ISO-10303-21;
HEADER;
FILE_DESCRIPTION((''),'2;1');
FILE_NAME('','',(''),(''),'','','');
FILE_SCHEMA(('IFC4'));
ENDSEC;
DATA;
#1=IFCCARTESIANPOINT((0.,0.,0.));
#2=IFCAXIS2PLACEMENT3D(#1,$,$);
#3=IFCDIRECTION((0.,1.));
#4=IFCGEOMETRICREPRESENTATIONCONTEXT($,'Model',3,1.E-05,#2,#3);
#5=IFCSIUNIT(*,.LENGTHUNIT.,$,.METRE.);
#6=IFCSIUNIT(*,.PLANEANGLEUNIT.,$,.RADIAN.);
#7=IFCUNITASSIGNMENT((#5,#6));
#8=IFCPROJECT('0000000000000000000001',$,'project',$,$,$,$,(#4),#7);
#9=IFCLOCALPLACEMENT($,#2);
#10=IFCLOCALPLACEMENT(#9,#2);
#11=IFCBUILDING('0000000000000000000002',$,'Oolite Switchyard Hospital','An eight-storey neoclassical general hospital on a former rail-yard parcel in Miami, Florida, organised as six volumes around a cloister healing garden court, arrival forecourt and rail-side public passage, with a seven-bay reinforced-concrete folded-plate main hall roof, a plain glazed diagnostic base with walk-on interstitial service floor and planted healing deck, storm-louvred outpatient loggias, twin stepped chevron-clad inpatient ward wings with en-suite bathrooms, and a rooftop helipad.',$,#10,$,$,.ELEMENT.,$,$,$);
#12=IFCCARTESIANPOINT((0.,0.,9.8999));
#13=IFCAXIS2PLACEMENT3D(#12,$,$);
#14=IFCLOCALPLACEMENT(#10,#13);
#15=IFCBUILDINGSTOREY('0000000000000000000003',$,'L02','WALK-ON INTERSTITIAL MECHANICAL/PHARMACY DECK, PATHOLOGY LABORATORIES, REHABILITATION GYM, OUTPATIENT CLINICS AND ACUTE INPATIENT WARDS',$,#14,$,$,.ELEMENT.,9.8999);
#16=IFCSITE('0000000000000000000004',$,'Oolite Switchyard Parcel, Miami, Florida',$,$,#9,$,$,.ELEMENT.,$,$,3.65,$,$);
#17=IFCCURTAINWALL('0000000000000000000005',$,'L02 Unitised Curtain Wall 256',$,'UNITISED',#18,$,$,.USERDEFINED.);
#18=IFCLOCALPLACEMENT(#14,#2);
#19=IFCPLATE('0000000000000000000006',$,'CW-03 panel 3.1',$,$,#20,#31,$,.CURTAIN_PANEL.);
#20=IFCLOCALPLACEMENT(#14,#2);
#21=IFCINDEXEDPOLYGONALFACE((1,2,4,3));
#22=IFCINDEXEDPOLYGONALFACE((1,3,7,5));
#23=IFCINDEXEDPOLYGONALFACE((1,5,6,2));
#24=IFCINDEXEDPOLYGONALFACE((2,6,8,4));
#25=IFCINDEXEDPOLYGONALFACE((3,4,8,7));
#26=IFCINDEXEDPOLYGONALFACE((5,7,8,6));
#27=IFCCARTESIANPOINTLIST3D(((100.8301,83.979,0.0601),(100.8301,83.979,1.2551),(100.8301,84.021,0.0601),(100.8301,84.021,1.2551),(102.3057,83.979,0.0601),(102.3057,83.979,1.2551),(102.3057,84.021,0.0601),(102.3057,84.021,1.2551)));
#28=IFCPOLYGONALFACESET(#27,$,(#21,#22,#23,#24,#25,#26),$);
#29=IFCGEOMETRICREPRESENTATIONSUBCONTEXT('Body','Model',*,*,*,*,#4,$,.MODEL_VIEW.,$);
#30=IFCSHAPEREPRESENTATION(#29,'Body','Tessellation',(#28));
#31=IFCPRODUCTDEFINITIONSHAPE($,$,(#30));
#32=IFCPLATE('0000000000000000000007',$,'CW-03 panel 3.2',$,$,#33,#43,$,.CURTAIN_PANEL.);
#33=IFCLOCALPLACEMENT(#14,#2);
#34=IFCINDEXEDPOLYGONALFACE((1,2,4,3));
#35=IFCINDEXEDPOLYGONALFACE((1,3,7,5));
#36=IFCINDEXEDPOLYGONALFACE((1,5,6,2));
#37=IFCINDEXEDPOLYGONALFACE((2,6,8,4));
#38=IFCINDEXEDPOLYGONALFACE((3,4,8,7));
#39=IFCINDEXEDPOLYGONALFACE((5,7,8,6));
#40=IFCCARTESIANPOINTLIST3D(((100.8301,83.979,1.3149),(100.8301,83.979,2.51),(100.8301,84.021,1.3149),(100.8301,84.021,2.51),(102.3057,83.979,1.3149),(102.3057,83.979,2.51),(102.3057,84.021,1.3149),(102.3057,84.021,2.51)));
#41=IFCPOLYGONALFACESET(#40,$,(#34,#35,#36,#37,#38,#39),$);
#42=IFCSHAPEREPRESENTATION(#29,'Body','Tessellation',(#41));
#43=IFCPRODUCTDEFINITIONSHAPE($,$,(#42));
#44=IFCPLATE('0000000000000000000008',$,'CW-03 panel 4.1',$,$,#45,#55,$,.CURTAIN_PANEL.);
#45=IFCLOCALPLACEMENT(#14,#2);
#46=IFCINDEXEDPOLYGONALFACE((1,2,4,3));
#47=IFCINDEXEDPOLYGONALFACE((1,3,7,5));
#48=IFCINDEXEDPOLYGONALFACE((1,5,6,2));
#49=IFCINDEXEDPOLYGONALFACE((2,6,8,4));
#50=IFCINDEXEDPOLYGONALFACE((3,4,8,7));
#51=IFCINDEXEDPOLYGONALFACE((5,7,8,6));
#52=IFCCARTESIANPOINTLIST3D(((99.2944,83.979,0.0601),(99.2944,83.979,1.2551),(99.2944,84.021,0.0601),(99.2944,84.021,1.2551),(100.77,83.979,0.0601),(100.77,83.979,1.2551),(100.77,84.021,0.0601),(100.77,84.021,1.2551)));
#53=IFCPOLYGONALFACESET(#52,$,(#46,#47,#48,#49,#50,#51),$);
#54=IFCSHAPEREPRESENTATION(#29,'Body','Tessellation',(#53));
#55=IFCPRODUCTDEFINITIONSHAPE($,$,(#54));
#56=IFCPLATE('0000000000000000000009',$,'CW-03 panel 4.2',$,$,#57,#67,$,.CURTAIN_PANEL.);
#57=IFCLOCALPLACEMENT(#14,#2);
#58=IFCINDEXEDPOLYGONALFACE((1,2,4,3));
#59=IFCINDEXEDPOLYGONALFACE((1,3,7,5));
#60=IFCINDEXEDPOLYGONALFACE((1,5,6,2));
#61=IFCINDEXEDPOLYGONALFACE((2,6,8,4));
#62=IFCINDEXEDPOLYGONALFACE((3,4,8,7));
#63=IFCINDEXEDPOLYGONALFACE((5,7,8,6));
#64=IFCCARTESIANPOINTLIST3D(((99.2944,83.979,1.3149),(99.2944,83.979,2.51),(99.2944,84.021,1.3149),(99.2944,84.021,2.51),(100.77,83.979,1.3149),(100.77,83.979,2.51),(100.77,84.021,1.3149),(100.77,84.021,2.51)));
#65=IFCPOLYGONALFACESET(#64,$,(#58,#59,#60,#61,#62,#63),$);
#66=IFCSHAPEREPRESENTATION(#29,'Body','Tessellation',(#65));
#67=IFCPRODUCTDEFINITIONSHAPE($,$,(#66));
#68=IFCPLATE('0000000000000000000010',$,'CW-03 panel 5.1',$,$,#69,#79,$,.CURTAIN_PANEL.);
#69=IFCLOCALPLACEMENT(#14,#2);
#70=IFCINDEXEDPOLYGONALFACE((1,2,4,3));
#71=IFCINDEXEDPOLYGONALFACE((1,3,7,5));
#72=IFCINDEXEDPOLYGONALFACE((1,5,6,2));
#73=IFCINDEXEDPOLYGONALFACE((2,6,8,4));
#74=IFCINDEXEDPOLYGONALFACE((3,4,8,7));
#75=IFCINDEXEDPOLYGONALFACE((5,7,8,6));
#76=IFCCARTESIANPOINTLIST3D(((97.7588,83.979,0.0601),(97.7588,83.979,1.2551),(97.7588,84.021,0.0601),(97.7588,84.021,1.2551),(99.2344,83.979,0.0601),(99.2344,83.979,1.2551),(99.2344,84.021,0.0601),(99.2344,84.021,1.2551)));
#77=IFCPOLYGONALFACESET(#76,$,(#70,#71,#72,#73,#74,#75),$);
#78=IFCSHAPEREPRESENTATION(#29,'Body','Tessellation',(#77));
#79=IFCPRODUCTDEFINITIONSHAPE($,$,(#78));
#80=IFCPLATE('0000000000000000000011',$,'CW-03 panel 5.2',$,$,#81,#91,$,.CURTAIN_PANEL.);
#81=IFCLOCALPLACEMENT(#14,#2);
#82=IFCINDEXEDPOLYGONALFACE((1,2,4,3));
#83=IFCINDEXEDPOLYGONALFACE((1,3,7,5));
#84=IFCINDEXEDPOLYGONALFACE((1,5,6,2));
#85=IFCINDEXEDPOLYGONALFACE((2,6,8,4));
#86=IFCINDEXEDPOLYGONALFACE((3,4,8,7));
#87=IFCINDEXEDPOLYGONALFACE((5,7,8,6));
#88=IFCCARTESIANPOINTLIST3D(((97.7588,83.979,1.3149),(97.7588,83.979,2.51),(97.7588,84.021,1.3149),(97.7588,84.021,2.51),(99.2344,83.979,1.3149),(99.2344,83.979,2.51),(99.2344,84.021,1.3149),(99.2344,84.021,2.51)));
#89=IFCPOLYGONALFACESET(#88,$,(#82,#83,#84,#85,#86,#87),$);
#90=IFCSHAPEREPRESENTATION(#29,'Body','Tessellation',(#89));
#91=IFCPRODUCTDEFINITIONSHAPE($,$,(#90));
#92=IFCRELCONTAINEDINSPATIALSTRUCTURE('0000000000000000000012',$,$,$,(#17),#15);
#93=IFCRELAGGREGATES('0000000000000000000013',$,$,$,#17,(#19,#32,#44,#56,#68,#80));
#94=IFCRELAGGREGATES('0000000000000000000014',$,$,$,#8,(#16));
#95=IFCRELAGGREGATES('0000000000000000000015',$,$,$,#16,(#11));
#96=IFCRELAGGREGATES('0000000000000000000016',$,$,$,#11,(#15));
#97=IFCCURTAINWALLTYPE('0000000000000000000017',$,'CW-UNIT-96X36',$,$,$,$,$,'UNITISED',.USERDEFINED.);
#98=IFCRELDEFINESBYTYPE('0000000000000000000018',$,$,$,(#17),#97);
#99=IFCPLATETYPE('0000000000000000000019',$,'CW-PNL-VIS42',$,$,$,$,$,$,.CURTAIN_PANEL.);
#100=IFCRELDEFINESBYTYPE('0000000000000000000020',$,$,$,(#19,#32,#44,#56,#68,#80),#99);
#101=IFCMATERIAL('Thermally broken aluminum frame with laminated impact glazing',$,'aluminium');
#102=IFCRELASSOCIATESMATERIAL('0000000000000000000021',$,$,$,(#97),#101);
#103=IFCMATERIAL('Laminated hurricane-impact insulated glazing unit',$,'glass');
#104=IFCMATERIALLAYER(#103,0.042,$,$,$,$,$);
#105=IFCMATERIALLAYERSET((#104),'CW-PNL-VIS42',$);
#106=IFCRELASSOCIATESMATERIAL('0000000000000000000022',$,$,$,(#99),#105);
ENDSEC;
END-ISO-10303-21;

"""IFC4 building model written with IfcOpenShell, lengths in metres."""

from ifc_helpers import new_model, si_unit, direction, frame, origin, origin_2d, place, context, subcontext, project, spatial, rectangle, extrude, material, layer, layer_set, type_object, element, aggregate, save


model = new_model("IFC4")

# Units and contexts
model_context = context("Model", 3, precision=1e-05, world=origin(), true_north=direction((0.0, 1.0)))
body_context = subcontext(model_context, "Body", "Model", "MODEL_VIEW")
ifc_project = project(units=[si_unit("LENGTHUNIT", "METRE"), si_unit("PLANEANGLEUNIT", "RADIAN")], contexts=[model_context])

# Site, building, storey
site_placement = place(None, origin())
site = spatial("IfcSite", under=ifc_project, at=site_placement, Name="Oolite Switchyard Parcel, Miami, Florida", CompositionType="ELEMENT", RefElevation=3.65)
building_placement = place(site_placement, origin())
building = spatial("IfcBuilding", under=site, at=building_placement, Name="Oolite Switchyard Hospital", Description="An eight-storey neoclassical general hospital on a former rail-yard parcel in Miami, Florida, organised as six volumes around a cloister healing garden court, arrival forecourt and rail-side public passage, with a seven-bay reinforced-concrete folded-plate main hall roof, a plain glazed diagnostic base with walk-on interstitial service floor and planted healing deck, storm-louvred outpatient loggias, twin stepped chevron-clad inpatient ward wings with en-suite bathrooms, and a rooftop helipad.", CompositionType="ELEMENT")
storey_placement = place(building_placement, frame((0.0, 0.0, 9.8999)))
storey = spatial("IfcBuildingStorey", under=building, at=storey_placement, Name="L02", Description="WALK-ON INTERSTITIAL MECHANICAL/PHARMACY DECK, PATHOLOGY LABORATORIES, REHABILITATION GYM, OUTPATIENT CLINICS AND ACUTE INPATIENT WARDS", CompositionType="ELEMENT", Elevation=9.8999)

# Curtain wall, plates
ifc_material_1 = material(Name="Thermally broken aluminum frame with laminated impact glazing", Category="aluminium")
curtain_wall_type = type_object("IfcCurtainWallType", Name="CW-UNIT-96X36", ElementType="UNITISED", PredefinedType="USERDEFINED", material=ifc_material_1)
curtain_wall_placement = place(storey_placement, origin())
curtain_wall = element("IfcCurtainWall", 1, at=curtain_wall_placement, inside=storey, type_object=curtain_wall_type, Name="L02 Unitised Curtain Wall 256", ObjectType="UNITISED", PredefinedType="USERDEFINED")
ifc_material_2 = material(Name="Laminated hurricane-impact insulated glazing unit", Category="glass")
ifc_layer = layer(ifc_material_2, 0.042)
ifc_layer_set = layer_set([ifc_layer], Name="CW-PNL-VIS42")
plate_type = type_object("IfcPlateType", Name="CW-PNL-VIS42", PredefinedType="CURTAIN_PANEL", material=ifc_layer_set)
plate_1_placement = place(storey_placement, frame((101.5679, 84.0, 0.0601), z_axis=(0.0, 0.0, 1.0), x_axis=(-1.0, 0.0, 0.0)))
plate_1 = element("IfcPlate", 2, at=plate_1_placement, type_object=plate_type, Name="CW-03 panel 3.1", PredefinedType="CURTAIN_PANEL", context=body_context, shape_type="SweptSolid", body=[
    extrude(rectangle(XDim=1.4756, YDim=0.042, at=origin_2d()), origin(), (0.0, 0.0, 1.0), 1.1951),
])
plate_2_placement = place(storey_placement, frame((101.5679, 84.0, 1.3149), z_axis=(0.0, 0.0, 1.0), x_axis=(-1.0, 0.0, 0.0)))
plate_2 = element("IfcPlate", 3, at=plate_2_placement, type_object=plate_type, Name="CW-03 panel 3.2", PredefinedType="CURTAIN_PANEL", context=body_context, shape_type="SweptSolid", body=[
    extrude(rectangle(XDim=1.4756, YDim=0.042, at=origin_2d()), origin(), (0.0, 0.0, 1.0), 1.1951),
])
plate_3_placement = place(storey_placement, frame((100.0322, 84.0, 0.0601), z_axis=(0.0, 0.0, 1.0), x_axis=(-1.0, 0.0, 0.0)))
plate_3 = element("IfcPlate", 4, at=plate_3_placement, type_object=plate_type, Name="CW-03 panel 4.1", PredefinedType="CURTAIN_PANEL", context=body_context, shape_type="SweptSolid", body=[
    extrude(rectangle(XDim=1.4756, YDim=0.042, at=origin_2d()), origin(), (0.0, 0.0, 1.0), 1.1951),
])
plate_4_placement = place(storey_placement, frame((100.0322, 84.0, 1.3149), z_axis=(0.0, 0.0, 1.0), x_axis=(-1.0, 0.0, 0.0)))
plate_4 = element("IfcPlate", 5, at=plate_4_placement, type_object=plate_type, Name="CW-03 panel 4.2", PredefinedType="CURTAIN_PANEL", context=body_context, shape_type="SweptSolid", body=[
    extrude(rectangle(XDim=1.4756, YDim=0.042, at=origin_2d()), origin(), (0.0, 0.0, 1.0), 1.1951),
])
plate_5_placement = place(storey_placement, frame((98.4966, 84.0, 0.0601), z_axis=(0.0, 0.0, 1.0), x_axis=(-1.0, 0.0, 0.0)))
plate_5 = element("IfcPlate", 6, at=plate_5_placement, type_object=plate_type, Name="CW-03 panel 5.1", PredefinedType="CURTAIN_PANEL", context=body_context, shape_type="SweptSolid", body=[
    extrude(rectangle(XDim=1.4756, YDim=0.042, at=origin_2d()), origin(), (0.0, 0.0, 1.0), 1.1951),
])
plate_6_placement = place(storey_placement, frame((98.4966, 84.0, 1.3149), z_axis=(0.0, 0.0, 1.0), x_axis=(-1.0, 0.0, 0.0)))
plate_6 = element("IfcPlate", 7, at=plate_6_placement, type_object=plate_type, Name="CW-03 panel 5.2", PredefinedType="CURTAIN_PANEL", context=body_context, shape_type="SweptSolid", body=[
    extrude(rectangle(XDim=1.4756, YDim=0.042, at=origin_2d()), origin(), (0.0, 0.0, 1.0), 1.1951),
])
aggregate(curtain_wall, [plate_1, plate_2, plate_3, plate_4, plate_5, plate_6])

save(model, "model.ifc")
